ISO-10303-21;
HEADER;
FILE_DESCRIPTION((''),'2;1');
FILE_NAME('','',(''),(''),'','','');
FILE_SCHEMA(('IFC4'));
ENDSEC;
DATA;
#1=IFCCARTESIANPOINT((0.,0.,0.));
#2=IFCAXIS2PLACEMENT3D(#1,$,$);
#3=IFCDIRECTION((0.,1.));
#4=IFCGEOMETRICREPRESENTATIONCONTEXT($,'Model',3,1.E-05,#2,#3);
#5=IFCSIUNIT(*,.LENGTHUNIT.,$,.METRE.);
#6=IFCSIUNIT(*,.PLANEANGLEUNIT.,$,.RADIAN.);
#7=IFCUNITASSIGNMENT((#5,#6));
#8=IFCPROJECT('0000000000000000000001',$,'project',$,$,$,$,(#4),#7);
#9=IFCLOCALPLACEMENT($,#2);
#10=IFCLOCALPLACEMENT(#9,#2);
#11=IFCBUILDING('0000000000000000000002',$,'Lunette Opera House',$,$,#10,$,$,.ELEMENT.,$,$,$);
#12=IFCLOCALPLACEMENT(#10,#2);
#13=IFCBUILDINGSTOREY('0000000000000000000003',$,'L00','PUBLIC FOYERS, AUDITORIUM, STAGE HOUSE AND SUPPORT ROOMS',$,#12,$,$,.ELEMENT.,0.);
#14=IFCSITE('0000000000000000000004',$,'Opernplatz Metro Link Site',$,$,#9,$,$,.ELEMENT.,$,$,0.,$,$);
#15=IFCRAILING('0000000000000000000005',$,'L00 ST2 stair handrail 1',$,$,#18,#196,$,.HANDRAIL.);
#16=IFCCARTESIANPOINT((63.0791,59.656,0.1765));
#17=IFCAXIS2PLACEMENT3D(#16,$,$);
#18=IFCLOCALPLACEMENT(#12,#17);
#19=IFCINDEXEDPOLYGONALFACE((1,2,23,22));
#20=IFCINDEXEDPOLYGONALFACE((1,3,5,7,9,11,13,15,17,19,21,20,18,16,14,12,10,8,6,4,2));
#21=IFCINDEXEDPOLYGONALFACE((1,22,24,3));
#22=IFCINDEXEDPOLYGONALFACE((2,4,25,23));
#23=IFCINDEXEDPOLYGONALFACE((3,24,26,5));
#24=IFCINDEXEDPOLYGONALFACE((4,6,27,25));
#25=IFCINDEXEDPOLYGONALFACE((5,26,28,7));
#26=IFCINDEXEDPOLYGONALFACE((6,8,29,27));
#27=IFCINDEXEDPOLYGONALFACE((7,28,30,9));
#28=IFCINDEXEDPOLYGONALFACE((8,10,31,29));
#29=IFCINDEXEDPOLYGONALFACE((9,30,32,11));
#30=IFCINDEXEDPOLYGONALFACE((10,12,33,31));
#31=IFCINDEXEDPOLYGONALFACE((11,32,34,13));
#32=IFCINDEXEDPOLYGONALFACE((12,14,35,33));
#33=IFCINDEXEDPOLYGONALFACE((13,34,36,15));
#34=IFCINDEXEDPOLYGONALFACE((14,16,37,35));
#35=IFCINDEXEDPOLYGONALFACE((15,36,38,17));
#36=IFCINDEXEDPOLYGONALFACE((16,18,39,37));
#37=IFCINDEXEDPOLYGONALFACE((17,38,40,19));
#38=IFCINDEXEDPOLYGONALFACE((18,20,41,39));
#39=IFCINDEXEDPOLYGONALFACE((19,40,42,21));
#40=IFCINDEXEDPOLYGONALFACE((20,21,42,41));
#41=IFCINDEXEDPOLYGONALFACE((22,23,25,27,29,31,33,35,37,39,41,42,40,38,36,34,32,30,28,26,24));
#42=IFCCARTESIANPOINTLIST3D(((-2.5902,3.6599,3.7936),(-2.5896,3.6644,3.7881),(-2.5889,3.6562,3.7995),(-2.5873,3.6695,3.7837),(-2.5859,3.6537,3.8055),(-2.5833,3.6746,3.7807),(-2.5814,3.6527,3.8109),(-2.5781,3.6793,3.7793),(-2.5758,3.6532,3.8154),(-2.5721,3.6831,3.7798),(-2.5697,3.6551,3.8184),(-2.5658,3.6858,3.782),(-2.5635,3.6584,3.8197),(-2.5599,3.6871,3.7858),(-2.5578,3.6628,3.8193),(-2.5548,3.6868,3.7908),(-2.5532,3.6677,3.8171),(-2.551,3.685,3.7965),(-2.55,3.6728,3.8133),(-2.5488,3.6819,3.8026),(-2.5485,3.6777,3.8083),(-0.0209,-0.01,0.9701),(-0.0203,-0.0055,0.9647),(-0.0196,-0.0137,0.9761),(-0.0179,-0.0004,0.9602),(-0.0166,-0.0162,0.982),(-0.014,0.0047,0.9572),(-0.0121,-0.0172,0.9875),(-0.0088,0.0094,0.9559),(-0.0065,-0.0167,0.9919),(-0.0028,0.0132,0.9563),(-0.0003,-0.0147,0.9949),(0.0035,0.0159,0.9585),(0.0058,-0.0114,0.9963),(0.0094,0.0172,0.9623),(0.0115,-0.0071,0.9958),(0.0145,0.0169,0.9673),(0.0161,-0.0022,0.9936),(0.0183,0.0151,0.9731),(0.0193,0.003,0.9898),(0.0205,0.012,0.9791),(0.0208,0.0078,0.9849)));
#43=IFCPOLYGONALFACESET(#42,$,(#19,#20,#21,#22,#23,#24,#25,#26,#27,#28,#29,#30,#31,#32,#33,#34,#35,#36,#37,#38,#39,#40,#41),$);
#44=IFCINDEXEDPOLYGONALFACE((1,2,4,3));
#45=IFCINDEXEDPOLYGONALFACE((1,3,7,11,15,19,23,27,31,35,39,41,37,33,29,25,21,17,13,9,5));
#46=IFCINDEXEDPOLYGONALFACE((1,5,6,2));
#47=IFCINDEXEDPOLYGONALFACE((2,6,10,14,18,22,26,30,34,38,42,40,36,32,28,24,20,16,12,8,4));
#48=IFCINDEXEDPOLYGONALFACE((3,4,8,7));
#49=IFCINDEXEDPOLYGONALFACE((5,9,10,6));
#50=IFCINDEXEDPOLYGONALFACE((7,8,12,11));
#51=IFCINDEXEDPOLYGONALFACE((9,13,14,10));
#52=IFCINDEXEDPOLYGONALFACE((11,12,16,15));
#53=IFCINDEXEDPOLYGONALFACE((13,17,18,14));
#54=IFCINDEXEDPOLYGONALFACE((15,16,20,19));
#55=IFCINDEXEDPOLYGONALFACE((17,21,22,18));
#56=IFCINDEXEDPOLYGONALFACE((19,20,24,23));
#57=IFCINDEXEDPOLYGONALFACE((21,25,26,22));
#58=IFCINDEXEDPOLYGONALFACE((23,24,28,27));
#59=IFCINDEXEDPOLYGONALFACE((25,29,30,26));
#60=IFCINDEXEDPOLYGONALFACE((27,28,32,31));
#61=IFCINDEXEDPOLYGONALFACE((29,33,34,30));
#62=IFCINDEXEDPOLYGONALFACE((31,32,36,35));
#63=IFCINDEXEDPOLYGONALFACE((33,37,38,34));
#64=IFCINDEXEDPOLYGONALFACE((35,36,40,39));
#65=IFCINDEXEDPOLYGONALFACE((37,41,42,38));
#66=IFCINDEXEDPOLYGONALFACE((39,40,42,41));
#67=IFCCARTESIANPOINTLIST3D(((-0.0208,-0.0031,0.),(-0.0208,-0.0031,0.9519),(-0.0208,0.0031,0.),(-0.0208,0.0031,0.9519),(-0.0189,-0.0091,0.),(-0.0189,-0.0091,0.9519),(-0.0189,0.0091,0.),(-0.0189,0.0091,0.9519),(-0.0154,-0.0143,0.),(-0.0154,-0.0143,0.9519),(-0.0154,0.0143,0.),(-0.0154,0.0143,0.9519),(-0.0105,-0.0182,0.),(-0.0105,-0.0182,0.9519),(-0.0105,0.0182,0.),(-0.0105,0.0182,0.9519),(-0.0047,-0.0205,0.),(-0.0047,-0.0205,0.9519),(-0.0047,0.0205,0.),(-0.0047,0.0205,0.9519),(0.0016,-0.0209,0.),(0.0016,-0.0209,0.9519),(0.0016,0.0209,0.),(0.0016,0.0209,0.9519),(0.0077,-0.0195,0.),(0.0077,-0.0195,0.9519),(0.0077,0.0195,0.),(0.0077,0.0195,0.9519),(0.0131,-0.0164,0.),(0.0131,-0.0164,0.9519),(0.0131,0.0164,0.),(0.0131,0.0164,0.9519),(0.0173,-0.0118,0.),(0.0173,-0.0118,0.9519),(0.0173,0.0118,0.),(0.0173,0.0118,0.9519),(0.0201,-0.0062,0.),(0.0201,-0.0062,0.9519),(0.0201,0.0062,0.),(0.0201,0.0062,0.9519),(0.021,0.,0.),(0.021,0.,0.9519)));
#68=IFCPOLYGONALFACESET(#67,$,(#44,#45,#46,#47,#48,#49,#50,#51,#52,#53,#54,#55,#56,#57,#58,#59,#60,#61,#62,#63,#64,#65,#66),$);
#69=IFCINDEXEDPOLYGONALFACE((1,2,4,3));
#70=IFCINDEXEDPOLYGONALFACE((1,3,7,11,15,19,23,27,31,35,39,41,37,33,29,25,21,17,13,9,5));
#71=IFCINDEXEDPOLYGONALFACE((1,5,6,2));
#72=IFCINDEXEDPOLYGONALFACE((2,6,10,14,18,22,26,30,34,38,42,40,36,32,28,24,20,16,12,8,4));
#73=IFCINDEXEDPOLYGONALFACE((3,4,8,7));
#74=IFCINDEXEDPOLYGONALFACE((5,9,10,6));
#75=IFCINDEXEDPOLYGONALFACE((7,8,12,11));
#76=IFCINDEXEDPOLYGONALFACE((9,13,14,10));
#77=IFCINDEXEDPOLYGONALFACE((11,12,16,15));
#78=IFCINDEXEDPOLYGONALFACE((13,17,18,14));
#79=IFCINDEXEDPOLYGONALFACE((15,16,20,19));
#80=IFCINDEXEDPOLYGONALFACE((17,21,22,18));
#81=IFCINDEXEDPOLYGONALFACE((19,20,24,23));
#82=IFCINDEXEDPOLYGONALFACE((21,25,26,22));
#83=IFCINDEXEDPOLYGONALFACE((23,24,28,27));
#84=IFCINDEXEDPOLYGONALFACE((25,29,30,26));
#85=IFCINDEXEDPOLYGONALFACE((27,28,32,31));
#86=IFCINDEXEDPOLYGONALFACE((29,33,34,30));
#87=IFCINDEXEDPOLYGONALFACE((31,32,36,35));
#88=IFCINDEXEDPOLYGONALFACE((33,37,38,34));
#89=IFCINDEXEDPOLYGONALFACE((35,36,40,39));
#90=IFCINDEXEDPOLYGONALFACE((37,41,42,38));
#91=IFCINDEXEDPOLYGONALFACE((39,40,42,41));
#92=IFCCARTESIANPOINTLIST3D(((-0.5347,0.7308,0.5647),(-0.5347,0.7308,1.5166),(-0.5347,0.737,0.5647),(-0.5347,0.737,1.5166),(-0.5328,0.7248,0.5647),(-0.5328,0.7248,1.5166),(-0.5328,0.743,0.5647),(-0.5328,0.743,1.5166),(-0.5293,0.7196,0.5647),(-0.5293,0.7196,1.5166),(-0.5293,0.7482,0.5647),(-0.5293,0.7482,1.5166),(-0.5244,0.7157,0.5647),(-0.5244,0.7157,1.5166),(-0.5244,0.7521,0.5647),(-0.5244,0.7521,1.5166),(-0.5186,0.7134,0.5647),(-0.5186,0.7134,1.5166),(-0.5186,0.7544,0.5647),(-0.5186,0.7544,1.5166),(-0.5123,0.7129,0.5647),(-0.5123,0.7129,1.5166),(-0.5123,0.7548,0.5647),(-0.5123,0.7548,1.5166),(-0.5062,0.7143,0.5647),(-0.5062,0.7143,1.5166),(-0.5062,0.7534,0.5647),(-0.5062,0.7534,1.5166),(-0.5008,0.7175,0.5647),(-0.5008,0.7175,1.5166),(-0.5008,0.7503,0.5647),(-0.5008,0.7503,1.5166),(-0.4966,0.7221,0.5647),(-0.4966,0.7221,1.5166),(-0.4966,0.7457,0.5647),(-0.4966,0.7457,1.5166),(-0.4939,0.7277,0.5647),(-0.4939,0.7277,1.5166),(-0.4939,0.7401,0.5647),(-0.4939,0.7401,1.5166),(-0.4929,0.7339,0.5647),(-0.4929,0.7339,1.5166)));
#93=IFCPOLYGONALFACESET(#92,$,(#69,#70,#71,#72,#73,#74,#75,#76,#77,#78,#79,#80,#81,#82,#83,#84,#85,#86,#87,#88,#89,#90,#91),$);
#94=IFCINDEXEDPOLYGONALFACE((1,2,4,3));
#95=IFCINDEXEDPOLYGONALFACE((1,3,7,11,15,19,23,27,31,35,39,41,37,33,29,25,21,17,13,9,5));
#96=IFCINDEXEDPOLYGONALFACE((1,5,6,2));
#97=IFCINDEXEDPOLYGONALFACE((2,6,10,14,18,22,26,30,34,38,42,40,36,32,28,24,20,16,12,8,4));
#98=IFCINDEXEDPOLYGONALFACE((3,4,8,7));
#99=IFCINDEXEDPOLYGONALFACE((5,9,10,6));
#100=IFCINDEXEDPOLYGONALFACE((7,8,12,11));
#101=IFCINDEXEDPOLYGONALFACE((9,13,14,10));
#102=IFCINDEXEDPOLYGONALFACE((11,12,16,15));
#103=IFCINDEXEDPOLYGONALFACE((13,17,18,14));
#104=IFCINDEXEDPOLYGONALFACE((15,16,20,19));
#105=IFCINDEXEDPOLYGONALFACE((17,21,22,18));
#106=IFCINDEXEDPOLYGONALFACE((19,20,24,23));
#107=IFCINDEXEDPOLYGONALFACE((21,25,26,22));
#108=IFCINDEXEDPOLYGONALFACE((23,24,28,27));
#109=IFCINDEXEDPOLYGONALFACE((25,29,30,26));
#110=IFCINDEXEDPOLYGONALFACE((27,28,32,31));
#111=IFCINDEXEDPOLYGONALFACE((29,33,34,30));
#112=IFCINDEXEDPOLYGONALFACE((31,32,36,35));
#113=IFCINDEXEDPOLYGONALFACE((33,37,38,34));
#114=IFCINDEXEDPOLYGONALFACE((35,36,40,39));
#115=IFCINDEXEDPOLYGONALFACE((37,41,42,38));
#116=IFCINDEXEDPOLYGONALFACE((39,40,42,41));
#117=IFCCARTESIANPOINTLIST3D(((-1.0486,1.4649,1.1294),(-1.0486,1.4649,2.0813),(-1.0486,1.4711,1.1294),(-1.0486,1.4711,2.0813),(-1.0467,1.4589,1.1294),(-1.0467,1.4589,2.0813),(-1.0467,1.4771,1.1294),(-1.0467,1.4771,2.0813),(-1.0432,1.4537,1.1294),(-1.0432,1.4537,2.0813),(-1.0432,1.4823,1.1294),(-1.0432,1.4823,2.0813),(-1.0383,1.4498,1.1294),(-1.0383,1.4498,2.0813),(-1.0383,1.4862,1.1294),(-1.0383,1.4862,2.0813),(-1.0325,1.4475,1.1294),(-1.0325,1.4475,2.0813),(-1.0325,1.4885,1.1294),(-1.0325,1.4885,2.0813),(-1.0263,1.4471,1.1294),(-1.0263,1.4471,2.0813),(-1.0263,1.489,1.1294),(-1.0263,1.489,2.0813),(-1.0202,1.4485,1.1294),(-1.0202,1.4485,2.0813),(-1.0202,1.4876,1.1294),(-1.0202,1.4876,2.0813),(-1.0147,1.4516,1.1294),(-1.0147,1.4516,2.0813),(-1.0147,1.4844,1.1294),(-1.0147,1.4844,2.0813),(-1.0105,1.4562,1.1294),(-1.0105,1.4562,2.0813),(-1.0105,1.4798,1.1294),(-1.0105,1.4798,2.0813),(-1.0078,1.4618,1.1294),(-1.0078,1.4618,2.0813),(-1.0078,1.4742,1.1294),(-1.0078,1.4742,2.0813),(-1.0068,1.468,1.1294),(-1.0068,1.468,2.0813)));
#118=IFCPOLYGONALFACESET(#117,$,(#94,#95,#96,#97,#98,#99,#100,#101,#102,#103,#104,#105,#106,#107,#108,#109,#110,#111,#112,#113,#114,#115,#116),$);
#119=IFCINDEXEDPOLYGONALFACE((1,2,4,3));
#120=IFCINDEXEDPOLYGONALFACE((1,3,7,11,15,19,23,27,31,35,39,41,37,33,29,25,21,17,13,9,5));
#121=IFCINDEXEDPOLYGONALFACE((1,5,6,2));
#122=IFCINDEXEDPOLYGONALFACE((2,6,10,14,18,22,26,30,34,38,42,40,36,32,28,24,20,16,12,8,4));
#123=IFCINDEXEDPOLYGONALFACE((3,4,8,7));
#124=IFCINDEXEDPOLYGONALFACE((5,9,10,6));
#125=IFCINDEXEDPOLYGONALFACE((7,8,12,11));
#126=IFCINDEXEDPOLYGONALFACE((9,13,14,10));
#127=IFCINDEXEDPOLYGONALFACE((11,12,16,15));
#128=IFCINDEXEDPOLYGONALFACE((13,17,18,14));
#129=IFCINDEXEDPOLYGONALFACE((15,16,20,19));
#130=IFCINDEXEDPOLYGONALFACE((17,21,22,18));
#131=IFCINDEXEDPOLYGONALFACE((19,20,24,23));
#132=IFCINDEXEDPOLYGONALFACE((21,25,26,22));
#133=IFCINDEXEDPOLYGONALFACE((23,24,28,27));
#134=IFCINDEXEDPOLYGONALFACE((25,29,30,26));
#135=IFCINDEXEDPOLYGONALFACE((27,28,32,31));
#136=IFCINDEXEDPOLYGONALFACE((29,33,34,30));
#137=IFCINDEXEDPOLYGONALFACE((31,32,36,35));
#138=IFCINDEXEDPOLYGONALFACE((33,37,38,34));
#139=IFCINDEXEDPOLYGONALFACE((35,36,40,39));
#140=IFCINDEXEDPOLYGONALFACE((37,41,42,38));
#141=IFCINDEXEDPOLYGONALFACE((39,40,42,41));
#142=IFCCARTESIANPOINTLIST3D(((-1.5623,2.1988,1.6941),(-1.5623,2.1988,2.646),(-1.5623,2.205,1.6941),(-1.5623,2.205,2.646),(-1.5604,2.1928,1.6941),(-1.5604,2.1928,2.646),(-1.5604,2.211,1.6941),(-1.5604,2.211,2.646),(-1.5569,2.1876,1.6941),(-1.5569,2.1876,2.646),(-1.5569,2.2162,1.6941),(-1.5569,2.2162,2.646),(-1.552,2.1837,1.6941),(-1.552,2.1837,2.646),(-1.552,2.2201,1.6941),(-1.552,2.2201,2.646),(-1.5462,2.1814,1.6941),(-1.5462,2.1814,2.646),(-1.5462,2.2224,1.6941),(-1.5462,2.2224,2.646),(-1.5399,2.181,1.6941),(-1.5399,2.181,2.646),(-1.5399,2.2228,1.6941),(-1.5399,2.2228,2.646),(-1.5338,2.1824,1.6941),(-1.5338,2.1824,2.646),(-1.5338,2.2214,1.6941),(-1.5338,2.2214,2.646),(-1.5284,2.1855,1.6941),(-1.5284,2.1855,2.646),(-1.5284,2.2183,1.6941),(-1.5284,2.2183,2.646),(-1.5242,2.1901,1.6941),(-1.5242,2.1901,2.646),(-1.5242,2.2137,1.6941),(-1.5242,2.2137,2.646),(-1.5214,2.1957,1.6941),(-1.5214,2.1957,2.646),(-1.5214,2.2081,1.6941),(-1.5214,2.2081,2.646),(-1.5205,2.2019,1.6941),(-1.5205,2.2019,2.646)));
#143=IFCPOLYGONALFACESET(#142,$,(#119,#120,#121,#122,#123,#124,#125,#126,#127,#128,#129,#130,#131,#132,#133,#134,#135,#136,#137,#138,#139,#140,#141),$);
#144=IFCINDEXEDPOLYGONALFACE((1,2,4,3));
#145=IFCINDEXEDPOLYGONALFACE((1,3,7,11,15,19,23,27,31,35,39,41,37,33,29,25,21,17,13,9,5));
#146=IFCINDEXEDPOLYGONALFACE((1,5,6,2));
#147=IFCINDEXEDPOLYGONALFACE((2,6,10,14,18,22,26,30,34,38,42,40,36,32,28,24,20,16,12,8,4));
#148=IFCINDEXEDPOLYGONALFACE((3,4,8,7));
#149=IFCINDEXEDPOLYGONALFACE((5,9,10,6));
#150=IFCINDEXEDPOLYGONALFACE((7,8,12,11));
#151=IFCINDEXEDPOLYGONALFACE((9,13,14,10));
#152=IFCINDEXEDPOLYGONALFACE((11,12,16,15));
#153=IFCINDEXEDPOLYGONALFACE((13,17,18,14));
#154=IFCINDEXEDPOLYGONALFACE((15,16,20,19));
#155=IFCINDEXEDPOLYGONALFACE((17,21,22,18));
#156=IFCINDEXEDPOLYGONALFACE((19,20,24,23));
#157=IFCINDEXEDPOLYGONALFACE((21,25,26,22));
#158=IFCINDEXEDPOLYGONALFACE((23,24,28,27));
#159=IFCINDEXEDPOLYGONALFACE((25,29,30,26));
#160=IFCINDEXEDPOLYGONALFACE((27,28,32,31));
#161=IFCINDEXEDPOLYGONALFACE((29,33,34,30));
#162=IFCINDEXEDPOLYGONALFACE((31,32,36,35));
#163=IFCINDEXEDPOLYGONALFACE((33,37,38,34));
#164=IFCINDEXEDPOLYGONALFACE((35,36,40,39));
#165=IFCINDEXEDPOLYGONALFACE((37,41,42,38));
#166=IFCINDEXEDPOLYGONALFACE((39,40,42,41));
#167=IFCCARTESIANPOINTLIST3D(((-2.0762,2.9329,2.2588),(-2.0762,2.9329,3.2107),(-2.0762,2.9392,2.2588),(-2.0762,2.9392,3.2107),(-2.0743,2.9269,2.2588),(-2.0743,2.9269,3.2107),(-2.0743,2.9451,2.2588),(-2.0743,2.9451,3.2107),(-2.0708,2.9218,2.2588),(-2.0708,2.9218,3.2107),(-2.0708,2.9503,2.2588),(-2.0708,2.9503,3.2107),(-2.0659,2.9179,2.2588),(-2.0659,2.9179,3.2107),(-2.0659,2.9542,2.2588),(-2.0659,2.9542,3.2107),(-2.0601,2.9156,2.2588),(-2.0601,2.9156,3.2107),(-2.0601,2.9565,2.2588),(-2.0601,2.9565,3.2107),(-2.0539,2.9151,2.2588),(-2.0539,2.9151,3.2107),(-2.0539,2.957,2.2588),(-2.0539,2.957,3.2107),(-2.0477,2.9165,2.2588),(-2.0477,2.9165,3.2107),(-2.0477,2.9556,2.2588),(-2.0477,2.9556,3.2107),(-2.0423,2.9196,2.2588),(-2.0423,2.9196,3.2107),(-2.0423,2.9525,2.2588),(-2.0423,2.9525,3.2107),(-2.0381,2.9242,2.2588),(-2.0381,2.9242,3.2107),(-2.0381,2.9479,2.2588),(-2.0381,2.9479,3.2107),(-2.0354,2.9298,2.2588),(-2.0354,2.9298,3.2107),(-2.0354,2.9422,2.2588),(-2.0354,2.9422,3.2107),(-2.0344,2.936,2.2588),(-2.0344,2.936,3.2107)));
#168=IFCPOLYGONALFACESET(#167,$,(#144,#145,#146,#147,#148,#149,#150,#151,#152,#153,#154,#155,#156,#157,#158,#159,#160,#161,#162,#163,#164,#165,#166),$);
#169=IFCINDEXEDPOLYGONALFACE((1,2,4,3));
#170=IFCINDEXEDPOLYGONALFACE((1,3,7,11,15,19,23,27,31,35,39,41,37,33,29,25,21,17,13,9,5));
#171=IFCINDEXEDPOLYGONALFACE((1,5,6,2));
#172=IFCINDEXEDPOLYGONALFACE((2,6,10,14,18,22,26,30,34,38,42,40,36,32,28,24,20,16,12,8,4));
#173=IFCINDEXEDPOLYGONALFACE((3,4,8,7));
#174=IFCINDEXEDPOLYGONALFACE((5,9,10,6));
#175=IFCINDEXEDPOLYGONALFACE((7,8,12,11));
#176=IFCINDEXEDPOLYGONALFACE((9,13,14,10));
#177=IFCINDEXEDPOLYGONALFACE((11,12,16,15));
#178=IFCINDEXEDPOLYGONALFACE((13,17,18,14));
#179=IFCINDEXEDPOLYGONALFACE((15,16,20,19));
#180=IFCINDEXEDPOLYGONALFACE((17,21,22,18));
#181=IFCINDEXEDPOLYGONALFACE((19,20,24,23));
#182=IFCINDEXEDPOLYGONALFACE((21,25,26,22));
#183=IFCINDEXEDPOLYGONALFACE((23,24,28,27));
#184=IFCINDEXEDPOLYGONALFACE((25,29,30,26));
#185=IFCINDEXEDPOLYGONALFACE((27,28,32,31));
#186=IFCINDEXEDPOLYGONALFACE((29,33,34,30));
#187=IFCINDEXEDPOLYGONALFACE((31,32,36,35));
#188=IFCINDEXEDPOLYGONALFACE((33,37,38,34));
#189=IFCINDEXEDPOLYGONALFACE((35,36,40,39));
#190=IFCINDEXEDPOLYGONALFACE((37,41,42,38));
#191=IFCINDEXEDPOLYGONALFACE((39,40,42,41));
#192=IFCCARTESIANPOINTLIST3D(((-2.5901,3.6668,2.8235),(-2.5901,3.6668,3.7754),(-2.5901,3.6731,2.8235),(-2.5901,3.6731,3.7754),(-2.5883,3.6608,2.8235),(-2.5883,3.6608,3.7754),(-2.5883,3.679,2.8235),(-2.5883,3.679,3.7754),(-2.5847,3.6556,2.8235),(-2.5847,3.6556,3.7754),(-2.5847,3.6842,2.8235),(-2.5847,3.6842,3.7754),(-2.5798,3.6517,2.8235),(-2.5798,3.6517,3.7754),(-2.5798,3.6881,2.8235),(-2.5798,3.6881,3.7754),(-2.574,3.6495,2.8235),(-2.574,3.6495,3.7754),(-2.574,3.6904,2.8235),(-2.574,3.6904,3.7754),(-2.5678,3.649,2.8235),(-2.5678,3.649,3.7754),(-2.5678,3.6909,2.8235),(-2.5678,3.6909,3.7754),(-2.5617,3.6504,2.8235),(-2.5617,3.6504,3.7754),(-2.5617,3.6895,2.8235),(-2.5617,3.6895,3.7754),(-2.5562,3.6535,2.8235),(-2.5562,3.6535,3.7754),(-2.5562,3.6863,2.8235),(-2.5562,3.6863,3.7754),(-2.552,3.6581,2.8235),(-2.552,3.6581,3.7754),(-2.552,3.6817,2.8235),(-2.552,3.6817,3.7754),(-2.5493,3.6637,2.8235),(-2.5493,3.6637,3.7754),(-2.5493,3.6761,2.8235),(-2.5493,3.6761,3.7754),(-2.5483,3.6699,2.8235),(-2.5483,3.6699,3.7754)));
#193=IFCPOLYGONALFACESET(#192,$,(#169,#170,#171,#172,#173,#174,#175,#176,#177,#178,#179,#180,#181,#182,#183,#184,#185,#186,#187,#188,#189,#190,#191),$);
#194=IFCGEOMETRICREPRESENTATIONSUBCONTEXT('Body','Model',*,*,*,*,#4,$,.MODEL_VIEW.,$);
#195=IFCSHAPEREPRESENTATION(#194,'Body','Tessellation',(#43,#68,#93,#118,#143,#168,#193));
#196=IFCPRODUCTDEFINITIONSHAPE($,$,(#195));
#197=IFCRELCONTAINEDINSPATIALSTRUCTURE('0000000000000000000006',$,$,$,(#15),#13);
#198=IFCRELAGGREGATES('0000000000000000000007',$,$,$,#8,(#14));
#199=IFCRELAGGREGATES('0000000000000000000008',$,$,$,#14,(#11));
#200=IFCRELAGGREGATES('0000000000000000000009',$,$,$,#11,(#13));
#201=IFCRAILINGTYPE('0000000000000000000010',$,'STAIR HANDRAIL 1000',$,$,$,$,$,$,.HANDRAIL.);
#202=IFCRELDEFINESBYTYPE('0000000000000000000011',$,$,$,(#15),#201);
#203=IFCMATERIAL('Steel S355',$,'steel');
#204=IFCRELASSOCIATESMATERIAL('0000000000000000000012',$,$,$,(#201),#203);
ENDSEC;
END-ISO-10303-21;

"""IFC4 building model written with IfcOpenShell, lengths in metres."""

from ifc_helpers import new_model, si_unit, direction, frame, origin, origin_2d, place, context, subcontext, project, spatial, circle, extrude, material, type_object, element, save


model = new_model("IFC4")

# Units and contexts
model_context = context("Model", 3, precision=1e-05, world=origin(), true_north=direction((0.0, 1.0)))
body_context = subcontext(model_context, "Body", "Model", "MODEL_VIEW")
ifc_project = project(units=[si_unit("LENGTHUNIT", "METRE"), si_unit("PLANEANGLEUNIT", "RADIAN")], contexts=[model_context])

# Site, building, storey
site_placement = place(None, origin())
site = spatial("IfcSite", under=ifc_project, at=site_placement, Name="Opernplatz Metro Link Site", CompositionType="ELEMENT", RefElevation=0.0)
building_placement = place(site_placement, origin())
building = spatial("IfcBuilding", under=site, at=building_placement, Name="Lunette Opera House", CompositionType="ELEMENT")
storey_placement = place(building_placement, origin())
storey = spatial("IfcBuildingStorey", under=building, at=storey_placement, Name="L00", Description="PUBLIC FOYERS, AUDITORIUM, STAGE HOUSE AND SUPPORT ROOMS", CompositionType="ELEMENT", Elevation=0.0)

# Railing
ifc_material_1 = material(Name="Steel S355", Category="steel")
railing_type_1 = type_object("IfcRailingType", Name="STAIR HANDRAIL 1000", PredefinedType="HANDRAIL", material=ifc_material_1)
railing_1_placement = place(storey_placement, frame((63.0791, 59.656, 0.1765)))
element("IfcRailing", 1, at=railing_1_placement, inside=storey, type_object=railing_type_1, Name="L00 ST2 stair handrail 1", PredefinedType="HANDRAIL", context=body_context, shape_type="SweptSolid", body=[
    extrude(circle(Radius=0.0239, at=origin_2d()), frame((0.0, 0.0, 0.9761), z_axis=(-0.485196, 0.693032, 0.53319), x_axis=(-0.819191, -0.573521, 0.0)), (0.0, 0.0, 1.0), 5.2954),
    extrude(circle(Radius=0.021, at=origin_2d()), origin(), (0.0, 0.0, 1.0), 0.9519),
    extrude(circle(Radius=0.021, at=origin_2d()), frame((-0.5139, 0.7339, 0.5647)), (0.0, 0.0, 1.0), 0.9519),
    extrude(circle(Radius=0.021, at=origin_2d()), frame((-1.0278, 1.468, 1.1294)), (0.0, 0.0, 1.0), 0.9519),
    extrude(circle(Radius=0.021, at=origin_2d()), frame((-1.5415, 2.2019, 1.6941)), (0.0, 0.0, 1.0), 0.9519),
    extrude(circle(Radius=0.021, at=origin_2d()), frame((-2.0554, 2.936, 2.2588)), (0.0, 0.0, 1.0), 0.9519),
    extrude(circle(Radius=0.021, at=origin_2d()), frame((-2.5693, 3.6699, 2.8235)), (0.0, 0.0, 1.0), 0.9519),
])

save(model, "model.ifc")
